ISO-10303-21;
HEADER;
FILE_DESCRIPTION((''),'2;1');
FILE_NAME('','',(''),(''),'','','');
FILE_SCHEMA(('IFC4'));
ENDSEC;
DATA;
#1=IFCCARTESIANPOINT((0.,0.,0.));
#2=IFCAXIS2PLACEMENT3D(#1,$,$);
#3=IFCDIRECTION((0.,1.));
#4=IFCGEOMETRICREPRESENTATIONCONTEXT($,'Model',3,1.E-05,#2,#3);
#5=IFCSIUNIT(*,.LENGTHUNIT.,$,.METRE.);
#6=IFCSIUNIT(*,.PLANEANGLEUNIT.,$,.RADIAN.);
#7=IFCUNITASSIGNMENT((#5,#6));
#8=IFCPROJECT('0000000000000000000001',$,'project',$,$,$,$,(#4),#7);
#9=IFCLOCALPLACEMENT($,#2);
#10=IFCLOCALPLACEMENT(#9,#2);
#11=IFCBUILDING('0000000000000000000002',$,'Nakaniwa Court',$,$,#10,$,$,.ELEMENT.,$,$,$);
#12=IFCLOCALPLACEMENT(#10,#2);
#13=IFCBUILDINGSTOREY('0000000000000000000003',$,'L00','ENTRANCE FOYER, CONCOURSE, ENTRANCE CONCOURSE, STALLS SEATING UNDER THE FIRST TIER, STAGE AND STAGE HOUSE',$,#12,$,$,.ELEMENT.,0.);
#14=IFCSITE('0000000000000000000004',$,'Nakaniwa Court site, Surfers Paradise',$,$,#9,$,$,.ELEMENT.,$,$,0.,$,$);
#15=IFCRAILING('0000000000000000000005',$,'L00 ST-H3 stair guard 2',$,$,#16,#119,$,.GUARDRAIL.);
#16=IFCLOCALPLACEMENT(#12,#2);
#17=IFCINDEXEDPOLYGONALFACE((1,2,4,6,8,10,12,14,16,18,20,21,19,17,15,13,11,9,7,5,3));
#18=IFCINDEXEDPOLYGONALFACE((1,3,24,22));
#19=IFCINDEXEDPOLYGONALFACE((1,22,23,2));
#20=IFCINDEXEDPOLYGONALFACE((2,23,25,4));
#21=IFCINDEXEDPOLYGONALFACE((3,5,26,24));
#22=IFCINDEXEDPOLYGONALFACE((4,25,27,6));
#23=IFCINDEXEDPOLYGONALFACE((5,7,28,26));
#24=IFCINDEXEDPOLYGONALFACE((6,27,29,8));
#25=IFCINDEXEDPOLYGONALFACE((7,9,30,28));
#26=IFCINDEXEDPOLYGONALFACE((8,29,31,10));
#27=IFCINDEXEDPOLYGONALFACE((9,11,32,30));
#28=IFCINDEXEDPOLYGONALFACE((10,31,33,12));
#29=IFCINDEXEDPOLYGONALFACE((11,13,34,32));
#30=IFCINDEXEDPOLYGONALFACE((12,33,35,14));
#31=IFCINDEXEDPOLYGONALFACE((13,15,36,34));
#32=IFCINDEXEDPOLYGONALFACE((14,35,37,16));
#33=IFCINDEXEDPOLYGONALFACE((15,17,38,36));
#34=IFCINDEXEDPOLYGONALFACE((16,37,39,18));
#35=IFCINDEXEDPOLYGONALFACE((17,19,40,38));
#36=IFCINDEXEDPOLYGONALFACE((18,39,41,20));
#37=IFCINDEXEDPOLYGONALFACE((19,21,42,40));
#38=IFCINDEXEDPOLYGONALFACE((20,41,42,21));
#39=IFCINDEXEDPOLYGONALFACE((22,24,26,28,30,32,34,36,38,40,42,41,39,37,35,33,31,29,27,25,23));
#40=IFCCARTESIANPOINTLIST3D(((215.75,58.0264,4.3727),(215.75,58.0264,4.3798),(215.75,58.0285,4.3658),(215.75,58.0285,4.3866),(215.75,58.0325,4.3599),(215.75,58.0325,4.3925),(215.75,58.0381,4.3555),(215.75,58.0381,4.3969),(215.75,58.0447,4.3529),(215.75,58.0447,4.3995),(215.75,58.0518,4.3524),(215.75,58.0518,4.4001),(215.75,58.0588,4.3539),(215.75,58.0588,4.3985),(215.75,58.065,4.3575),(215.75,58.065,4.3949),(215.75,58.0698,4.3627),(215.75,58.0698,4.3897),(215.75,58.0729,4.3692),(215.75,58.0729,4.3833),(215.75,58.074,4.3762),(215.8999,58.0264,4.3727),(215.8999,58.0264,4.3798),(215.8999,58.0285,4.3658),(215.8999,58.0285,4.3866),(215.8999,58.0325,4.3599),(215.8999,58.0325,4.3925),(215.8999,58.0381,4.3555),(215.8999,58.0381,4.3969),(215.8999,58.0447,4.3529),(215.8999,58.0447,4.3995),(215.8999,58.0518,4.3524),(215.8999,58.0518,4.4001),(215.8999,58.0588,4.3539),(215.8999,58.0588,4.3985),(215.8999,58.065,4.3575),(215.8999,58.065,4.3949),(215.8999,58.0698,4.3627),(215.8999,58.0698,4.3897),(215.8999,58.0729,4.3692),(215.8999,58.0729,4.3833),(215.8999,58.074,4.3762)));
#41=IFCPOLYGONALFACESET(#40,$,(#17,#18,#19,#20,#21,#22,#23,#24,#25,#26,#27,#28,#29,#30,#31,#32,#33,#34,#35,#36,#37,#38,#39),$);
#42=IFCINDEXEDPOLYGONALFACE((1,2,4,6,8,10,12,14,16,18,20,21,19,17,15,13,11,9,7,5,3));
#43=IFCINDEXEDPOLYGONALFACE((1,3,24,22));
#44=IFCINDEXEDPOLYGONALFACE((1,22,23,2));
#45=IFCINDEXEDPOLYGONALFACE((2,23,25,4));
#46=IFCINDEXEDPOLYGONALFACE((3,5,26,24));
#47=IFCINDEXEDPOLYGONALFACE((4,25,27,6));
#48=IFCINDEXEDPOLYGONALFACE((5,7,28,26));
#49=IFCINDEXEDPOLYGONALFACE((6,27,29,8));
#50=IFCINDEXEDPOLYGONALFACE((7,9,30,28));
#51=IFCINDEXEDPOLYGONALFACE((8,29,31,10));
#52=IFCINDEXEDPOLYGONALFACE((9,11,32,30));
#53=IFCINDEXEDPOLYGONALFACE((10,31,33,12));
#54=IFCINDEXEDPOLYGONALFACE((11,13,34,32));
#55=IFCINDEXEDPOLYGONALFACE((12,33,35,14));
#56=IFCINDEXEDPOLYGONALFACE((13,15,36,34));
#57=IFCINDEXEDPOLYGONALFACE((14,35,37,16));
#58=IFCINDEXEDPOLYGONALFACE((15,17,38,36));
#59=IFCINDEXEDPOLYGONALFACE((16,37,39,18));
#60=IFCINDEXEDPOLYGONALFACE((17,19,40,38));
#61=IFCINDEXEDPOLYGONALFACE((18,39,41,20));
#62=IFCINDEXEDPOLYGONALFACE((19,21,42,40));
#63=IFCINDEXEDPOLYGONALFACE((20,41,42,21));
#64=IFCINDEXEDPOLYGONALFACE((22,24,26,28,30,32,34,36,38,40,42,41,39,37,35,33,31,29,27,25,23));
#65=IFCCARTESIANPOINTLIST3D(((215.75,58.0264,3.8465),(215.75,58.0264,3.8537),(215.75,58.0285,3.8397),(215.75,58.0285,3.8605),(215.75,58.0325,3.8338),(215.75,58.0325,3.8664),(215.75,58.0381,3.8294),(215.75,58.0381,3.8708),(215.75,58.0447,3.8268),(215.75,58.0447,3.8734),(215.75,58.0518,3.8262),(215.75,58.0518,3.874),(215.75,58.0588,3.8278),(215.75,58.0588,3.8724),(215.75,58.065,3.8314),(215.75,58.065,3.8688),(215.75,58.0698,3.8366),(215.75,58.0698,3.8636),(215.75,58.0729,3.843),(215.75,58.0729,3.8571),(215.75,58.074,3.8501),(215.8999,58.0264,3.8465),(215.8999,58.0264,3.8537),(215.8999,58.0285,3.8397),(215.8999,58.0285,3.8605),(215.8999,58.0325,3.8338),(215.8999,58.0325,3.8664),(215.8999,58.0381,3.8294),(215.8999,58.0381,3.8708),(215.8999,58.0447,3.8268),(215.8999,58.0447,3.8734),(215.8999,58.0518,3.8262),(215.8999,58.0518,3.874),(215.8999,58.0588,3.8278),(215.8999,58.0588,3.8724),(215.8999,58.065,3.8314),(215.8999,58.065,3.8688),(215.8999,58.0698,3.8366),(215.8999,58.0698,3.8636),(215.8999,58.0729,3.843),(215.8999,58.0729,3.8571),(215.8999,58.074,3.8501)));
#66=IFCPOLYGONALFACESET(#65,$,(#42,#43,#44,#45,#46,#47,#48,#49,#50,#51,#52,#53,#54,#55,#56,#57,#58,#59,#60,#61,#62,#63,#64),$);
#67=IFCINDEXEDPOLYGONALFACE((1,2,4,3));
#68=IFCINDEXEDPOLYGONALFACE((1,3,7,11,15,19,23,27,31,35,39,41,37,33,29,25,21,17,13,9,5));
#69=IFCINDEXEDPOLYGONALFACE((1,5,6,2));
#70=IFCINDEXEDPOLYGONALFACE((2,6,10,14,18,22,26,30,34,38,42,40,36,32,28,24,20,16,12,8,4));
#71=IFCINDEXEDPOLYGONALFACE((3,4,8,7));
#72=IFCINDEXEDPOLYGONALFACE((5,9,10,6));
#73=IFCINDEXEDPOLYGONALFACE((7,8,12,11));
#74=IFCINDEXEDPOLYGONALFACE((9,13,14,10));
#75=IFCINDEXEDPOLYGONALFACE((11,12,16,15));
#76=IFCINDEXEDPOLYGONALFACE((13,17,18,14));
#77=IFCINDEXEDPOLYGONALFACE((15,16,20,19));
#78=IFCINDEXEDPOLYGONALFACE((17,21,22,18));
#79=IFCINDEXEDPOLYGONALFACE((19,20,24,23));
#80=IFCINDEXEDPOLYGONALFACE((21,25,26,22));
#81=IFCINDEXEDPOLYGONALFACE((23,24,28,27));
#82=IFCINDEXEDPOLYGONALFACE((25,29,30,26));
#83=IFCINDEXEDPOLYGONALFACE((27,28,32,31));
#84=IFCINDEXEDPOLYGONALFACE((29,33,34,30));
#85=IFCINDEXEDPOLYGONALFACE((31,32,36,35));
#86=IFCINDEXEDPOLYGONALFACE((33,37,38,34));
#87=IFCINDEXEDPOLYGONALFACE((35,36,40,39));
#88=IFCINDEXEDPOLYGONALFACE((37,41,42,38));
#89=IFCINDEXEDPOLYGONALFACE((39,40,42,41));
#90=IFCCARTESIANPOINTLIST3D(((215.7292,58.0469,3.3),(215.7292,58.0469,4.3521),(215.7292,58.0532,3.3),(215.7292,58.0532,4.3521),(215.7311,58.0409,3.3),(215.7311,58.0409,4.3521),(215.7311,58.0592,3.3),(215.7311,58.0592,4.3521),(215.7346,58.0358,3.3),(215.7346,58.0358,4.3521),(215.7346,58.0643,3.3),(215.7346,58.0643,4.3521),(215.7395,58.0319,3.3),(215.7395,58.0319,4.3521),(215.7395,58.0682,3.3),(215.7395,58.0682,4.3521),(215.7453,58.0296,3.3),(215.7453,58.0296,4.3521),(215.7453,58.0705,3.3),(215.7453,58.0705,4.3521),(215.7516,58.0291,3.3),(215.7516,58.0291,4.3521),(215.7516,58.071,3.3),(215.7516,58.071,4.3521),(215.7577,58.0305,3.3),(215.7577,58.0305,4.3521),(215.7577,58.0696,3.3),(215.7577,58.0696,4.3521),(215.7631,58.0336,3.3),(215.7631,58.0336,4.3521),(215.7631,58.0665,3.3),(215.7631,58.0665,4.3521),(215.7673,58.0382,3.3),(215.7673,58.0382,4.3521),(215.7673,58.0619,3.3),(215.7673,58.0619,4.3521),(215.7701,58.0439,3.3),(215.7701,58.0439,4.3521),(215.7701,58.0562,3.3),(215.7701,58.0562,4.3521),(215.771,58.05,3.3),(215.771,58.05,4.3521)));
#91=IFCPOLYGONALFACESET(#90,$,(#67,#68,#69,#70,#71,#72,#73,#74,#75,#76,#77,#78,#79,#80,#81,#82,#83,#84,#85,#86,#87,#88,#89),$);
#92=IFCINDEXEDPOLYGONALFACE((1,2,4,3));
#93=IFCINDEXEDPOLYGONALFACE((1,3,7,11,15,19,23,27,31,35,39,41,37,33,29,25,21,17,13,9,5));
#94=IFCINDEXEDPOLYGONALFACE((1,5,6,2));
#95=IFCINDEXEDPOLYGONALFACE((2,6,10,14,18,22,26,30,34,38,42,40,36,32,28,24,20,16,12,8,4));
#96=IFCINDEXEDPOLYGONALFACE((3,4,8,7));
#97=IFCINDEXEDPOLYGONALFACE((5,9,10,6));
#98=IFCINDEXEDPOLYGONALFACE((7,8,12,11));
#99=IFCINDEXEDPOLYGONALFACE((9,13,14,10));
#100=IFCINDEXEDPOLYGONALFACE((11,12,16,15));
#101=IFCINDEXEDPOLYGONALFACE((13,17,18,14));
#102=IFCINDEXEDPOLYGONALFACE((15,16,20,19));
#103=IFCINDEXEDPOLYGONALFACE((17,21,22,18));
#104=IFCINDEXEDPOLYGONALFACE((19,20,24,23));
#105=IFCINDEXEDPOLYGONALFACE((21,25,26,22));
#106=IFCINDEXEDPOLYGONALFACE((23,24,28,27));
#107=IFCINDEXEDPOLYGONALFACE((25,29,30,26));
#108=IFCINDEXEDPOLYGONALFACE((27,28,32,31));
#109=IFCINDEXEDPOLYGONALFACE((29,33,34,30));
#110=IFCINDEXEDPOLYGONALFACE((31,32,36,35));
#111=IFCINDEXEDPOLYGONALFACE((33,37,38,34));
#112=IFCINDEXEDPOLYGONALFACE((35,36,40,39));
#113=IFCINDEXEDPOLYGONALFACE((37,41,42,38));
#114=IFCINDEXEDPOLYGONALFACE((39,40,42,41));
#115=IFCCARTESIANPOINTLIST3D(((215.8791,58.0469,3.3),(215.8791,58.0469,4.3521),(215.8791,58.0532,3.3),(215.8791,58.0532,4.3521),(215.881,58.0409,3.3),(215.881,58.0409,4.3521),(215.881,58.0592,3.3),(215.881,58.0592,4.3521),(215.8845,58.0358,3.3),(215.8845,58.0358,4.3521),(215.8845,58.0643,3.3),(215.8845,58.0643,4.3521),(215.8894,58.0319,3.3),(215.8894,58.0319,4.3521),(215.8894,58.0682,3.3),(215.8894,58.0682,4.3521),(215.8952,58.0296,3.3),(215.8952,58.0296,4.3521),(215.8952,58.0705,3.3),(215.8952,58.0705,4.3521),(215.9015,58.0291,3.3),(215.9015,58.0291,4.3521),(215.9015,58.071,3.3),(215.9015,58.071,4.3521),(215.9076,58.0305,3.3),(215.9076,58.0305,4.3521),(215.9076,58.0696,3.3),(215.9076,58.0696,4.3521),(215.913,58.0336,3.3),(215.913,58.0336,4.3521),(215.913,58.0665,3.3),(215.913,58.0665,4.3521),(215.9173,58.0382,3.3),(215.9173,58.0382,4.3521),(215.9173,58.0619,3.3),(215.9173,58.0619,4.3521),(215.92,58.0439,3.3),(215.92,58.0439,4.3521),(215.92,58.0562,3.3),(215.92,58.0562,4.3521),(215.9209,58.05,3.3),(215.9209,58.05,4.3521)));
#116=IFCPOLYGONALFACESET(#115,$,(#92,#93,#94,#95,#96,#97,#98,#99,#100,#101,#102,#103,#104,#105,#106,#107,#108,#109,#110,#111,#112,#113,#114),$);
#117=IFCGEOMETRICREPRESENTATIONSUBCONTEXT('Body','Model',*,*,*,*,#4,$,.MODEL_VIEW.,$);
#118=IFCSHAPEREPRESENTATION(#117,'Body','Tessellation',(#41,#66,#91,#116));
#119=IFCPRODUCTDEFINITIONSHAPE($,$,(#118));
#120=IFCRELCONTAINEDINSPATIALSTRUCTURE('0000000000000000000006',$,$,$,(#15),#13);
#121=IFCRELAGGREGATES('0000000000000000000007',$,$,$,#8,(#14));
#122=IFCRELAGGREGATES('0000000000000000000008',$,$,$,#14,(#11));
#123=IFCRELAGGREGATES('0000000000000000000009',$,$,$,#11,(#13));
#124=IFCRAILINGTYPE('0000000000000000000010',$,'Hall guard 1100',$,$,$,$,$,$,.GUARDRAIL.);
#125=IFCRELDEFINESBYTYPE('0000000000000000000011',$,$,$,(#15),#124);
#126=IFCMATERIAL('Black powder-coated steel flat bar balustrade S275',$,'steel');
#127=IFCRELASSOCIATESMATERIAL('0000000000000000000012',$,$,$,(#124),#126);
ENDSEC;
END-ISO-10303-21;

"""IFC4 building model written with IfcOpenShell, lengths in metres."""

from ifc_helpers import new_model, si_unit, direction, frame, origin, origin_2d, place, context, subcontext, project, spatial, circle, extrude, material, type_object, element, save


model = new_model("IFC4")

# Units and contexts
model_context = context("Model", 3, precision=1e-05, world=origin(), true_north=direction((0.0, 1.0)))
body_context = subcontext(model_context, "Body", "Model", "MODEL_VIEW")
ifc_project = project(units=[si_unit("LENGTHUNIT", "METRE"), si_unit("PLANEANGLEUNIT", "RADIAN")], contexts=[model_context])

# Site, building, storey
site_placement = place(None, origin())
site = spatial("IfcSite", under=ifc_project, at=site_placement, Name="Nakaniwa Court site, Surfers Paradise", CompositionType="ELEMENT", RefElevation=0.0)
building_placement = place(site_placement, origin())
building = spatial("IfcBuilding", under=site, at=building_placement, Name="Nakaniwa Court", CompositionType="ELEMENT")
storey_placement = place(building_placement, origin())
storey = spatial("IfcBuildingStorey", under=building, at=storey_placement, Name="L00", Description="ENTRANCE FOYER, CONCOURSE, ENTRANCE CONCOURSE, STALLS SEATING UNDER THE FIRST TIER, STAGE AND STAGE HOUSE", CompositionType="ELEMENT", Elevation=0.0)

# Railing
ifc_material_1 = material(Name="Black powder-coated steel flat bar balustrade S275", Category="steel")
railing_type_1 = type_object("IfcRailingType", Name="Hall guard 1100", PredefinedType="GUARDRAIL", material=ifc_material_1)
railing_1_placement = place(storey_placement, frame((215.75, 58.05, 3.3)))
element("IfcRailing", 1, at=railing_1_placement, inside=storey, type_object=railing_type_1, Name="L00 ST-H3 stair guard 2", PredefinedType="GUARDRAIL", context=body_context, shape_type="SweptSolid", body=[
    extrude(circle(Radius=0.0239, at=origin_2d()), frame((0.0, 0.0, 1.0762), z_axis=(1.0, 0.0, 0.0), x_axis=(0.0, 1.0, 0.0)), (0.0, 0.0, 1.0), 0.1499),
    extrude(circle(Radius=0.0239, at=origin_2d()), frame((0.0, 0.0, 0.55), z_axis=(1.0, 0.0, 0.0), x_axis=(0.0, 1.0, 0.0)), (0.0, 0.0, 1.0), 0.1499),
    extrude(circle(Radius=0.021, at=origin_2d()), origin(), (0.0, 0.0, 1.0), 1.052),
    extrude(circle(Radius=0.021, at=origin_2d()), frame((0.1499, 0.0, 0.0)), (0.0, 0.0, 1.0), 1.052),
])

save(model, "model.ifc")
